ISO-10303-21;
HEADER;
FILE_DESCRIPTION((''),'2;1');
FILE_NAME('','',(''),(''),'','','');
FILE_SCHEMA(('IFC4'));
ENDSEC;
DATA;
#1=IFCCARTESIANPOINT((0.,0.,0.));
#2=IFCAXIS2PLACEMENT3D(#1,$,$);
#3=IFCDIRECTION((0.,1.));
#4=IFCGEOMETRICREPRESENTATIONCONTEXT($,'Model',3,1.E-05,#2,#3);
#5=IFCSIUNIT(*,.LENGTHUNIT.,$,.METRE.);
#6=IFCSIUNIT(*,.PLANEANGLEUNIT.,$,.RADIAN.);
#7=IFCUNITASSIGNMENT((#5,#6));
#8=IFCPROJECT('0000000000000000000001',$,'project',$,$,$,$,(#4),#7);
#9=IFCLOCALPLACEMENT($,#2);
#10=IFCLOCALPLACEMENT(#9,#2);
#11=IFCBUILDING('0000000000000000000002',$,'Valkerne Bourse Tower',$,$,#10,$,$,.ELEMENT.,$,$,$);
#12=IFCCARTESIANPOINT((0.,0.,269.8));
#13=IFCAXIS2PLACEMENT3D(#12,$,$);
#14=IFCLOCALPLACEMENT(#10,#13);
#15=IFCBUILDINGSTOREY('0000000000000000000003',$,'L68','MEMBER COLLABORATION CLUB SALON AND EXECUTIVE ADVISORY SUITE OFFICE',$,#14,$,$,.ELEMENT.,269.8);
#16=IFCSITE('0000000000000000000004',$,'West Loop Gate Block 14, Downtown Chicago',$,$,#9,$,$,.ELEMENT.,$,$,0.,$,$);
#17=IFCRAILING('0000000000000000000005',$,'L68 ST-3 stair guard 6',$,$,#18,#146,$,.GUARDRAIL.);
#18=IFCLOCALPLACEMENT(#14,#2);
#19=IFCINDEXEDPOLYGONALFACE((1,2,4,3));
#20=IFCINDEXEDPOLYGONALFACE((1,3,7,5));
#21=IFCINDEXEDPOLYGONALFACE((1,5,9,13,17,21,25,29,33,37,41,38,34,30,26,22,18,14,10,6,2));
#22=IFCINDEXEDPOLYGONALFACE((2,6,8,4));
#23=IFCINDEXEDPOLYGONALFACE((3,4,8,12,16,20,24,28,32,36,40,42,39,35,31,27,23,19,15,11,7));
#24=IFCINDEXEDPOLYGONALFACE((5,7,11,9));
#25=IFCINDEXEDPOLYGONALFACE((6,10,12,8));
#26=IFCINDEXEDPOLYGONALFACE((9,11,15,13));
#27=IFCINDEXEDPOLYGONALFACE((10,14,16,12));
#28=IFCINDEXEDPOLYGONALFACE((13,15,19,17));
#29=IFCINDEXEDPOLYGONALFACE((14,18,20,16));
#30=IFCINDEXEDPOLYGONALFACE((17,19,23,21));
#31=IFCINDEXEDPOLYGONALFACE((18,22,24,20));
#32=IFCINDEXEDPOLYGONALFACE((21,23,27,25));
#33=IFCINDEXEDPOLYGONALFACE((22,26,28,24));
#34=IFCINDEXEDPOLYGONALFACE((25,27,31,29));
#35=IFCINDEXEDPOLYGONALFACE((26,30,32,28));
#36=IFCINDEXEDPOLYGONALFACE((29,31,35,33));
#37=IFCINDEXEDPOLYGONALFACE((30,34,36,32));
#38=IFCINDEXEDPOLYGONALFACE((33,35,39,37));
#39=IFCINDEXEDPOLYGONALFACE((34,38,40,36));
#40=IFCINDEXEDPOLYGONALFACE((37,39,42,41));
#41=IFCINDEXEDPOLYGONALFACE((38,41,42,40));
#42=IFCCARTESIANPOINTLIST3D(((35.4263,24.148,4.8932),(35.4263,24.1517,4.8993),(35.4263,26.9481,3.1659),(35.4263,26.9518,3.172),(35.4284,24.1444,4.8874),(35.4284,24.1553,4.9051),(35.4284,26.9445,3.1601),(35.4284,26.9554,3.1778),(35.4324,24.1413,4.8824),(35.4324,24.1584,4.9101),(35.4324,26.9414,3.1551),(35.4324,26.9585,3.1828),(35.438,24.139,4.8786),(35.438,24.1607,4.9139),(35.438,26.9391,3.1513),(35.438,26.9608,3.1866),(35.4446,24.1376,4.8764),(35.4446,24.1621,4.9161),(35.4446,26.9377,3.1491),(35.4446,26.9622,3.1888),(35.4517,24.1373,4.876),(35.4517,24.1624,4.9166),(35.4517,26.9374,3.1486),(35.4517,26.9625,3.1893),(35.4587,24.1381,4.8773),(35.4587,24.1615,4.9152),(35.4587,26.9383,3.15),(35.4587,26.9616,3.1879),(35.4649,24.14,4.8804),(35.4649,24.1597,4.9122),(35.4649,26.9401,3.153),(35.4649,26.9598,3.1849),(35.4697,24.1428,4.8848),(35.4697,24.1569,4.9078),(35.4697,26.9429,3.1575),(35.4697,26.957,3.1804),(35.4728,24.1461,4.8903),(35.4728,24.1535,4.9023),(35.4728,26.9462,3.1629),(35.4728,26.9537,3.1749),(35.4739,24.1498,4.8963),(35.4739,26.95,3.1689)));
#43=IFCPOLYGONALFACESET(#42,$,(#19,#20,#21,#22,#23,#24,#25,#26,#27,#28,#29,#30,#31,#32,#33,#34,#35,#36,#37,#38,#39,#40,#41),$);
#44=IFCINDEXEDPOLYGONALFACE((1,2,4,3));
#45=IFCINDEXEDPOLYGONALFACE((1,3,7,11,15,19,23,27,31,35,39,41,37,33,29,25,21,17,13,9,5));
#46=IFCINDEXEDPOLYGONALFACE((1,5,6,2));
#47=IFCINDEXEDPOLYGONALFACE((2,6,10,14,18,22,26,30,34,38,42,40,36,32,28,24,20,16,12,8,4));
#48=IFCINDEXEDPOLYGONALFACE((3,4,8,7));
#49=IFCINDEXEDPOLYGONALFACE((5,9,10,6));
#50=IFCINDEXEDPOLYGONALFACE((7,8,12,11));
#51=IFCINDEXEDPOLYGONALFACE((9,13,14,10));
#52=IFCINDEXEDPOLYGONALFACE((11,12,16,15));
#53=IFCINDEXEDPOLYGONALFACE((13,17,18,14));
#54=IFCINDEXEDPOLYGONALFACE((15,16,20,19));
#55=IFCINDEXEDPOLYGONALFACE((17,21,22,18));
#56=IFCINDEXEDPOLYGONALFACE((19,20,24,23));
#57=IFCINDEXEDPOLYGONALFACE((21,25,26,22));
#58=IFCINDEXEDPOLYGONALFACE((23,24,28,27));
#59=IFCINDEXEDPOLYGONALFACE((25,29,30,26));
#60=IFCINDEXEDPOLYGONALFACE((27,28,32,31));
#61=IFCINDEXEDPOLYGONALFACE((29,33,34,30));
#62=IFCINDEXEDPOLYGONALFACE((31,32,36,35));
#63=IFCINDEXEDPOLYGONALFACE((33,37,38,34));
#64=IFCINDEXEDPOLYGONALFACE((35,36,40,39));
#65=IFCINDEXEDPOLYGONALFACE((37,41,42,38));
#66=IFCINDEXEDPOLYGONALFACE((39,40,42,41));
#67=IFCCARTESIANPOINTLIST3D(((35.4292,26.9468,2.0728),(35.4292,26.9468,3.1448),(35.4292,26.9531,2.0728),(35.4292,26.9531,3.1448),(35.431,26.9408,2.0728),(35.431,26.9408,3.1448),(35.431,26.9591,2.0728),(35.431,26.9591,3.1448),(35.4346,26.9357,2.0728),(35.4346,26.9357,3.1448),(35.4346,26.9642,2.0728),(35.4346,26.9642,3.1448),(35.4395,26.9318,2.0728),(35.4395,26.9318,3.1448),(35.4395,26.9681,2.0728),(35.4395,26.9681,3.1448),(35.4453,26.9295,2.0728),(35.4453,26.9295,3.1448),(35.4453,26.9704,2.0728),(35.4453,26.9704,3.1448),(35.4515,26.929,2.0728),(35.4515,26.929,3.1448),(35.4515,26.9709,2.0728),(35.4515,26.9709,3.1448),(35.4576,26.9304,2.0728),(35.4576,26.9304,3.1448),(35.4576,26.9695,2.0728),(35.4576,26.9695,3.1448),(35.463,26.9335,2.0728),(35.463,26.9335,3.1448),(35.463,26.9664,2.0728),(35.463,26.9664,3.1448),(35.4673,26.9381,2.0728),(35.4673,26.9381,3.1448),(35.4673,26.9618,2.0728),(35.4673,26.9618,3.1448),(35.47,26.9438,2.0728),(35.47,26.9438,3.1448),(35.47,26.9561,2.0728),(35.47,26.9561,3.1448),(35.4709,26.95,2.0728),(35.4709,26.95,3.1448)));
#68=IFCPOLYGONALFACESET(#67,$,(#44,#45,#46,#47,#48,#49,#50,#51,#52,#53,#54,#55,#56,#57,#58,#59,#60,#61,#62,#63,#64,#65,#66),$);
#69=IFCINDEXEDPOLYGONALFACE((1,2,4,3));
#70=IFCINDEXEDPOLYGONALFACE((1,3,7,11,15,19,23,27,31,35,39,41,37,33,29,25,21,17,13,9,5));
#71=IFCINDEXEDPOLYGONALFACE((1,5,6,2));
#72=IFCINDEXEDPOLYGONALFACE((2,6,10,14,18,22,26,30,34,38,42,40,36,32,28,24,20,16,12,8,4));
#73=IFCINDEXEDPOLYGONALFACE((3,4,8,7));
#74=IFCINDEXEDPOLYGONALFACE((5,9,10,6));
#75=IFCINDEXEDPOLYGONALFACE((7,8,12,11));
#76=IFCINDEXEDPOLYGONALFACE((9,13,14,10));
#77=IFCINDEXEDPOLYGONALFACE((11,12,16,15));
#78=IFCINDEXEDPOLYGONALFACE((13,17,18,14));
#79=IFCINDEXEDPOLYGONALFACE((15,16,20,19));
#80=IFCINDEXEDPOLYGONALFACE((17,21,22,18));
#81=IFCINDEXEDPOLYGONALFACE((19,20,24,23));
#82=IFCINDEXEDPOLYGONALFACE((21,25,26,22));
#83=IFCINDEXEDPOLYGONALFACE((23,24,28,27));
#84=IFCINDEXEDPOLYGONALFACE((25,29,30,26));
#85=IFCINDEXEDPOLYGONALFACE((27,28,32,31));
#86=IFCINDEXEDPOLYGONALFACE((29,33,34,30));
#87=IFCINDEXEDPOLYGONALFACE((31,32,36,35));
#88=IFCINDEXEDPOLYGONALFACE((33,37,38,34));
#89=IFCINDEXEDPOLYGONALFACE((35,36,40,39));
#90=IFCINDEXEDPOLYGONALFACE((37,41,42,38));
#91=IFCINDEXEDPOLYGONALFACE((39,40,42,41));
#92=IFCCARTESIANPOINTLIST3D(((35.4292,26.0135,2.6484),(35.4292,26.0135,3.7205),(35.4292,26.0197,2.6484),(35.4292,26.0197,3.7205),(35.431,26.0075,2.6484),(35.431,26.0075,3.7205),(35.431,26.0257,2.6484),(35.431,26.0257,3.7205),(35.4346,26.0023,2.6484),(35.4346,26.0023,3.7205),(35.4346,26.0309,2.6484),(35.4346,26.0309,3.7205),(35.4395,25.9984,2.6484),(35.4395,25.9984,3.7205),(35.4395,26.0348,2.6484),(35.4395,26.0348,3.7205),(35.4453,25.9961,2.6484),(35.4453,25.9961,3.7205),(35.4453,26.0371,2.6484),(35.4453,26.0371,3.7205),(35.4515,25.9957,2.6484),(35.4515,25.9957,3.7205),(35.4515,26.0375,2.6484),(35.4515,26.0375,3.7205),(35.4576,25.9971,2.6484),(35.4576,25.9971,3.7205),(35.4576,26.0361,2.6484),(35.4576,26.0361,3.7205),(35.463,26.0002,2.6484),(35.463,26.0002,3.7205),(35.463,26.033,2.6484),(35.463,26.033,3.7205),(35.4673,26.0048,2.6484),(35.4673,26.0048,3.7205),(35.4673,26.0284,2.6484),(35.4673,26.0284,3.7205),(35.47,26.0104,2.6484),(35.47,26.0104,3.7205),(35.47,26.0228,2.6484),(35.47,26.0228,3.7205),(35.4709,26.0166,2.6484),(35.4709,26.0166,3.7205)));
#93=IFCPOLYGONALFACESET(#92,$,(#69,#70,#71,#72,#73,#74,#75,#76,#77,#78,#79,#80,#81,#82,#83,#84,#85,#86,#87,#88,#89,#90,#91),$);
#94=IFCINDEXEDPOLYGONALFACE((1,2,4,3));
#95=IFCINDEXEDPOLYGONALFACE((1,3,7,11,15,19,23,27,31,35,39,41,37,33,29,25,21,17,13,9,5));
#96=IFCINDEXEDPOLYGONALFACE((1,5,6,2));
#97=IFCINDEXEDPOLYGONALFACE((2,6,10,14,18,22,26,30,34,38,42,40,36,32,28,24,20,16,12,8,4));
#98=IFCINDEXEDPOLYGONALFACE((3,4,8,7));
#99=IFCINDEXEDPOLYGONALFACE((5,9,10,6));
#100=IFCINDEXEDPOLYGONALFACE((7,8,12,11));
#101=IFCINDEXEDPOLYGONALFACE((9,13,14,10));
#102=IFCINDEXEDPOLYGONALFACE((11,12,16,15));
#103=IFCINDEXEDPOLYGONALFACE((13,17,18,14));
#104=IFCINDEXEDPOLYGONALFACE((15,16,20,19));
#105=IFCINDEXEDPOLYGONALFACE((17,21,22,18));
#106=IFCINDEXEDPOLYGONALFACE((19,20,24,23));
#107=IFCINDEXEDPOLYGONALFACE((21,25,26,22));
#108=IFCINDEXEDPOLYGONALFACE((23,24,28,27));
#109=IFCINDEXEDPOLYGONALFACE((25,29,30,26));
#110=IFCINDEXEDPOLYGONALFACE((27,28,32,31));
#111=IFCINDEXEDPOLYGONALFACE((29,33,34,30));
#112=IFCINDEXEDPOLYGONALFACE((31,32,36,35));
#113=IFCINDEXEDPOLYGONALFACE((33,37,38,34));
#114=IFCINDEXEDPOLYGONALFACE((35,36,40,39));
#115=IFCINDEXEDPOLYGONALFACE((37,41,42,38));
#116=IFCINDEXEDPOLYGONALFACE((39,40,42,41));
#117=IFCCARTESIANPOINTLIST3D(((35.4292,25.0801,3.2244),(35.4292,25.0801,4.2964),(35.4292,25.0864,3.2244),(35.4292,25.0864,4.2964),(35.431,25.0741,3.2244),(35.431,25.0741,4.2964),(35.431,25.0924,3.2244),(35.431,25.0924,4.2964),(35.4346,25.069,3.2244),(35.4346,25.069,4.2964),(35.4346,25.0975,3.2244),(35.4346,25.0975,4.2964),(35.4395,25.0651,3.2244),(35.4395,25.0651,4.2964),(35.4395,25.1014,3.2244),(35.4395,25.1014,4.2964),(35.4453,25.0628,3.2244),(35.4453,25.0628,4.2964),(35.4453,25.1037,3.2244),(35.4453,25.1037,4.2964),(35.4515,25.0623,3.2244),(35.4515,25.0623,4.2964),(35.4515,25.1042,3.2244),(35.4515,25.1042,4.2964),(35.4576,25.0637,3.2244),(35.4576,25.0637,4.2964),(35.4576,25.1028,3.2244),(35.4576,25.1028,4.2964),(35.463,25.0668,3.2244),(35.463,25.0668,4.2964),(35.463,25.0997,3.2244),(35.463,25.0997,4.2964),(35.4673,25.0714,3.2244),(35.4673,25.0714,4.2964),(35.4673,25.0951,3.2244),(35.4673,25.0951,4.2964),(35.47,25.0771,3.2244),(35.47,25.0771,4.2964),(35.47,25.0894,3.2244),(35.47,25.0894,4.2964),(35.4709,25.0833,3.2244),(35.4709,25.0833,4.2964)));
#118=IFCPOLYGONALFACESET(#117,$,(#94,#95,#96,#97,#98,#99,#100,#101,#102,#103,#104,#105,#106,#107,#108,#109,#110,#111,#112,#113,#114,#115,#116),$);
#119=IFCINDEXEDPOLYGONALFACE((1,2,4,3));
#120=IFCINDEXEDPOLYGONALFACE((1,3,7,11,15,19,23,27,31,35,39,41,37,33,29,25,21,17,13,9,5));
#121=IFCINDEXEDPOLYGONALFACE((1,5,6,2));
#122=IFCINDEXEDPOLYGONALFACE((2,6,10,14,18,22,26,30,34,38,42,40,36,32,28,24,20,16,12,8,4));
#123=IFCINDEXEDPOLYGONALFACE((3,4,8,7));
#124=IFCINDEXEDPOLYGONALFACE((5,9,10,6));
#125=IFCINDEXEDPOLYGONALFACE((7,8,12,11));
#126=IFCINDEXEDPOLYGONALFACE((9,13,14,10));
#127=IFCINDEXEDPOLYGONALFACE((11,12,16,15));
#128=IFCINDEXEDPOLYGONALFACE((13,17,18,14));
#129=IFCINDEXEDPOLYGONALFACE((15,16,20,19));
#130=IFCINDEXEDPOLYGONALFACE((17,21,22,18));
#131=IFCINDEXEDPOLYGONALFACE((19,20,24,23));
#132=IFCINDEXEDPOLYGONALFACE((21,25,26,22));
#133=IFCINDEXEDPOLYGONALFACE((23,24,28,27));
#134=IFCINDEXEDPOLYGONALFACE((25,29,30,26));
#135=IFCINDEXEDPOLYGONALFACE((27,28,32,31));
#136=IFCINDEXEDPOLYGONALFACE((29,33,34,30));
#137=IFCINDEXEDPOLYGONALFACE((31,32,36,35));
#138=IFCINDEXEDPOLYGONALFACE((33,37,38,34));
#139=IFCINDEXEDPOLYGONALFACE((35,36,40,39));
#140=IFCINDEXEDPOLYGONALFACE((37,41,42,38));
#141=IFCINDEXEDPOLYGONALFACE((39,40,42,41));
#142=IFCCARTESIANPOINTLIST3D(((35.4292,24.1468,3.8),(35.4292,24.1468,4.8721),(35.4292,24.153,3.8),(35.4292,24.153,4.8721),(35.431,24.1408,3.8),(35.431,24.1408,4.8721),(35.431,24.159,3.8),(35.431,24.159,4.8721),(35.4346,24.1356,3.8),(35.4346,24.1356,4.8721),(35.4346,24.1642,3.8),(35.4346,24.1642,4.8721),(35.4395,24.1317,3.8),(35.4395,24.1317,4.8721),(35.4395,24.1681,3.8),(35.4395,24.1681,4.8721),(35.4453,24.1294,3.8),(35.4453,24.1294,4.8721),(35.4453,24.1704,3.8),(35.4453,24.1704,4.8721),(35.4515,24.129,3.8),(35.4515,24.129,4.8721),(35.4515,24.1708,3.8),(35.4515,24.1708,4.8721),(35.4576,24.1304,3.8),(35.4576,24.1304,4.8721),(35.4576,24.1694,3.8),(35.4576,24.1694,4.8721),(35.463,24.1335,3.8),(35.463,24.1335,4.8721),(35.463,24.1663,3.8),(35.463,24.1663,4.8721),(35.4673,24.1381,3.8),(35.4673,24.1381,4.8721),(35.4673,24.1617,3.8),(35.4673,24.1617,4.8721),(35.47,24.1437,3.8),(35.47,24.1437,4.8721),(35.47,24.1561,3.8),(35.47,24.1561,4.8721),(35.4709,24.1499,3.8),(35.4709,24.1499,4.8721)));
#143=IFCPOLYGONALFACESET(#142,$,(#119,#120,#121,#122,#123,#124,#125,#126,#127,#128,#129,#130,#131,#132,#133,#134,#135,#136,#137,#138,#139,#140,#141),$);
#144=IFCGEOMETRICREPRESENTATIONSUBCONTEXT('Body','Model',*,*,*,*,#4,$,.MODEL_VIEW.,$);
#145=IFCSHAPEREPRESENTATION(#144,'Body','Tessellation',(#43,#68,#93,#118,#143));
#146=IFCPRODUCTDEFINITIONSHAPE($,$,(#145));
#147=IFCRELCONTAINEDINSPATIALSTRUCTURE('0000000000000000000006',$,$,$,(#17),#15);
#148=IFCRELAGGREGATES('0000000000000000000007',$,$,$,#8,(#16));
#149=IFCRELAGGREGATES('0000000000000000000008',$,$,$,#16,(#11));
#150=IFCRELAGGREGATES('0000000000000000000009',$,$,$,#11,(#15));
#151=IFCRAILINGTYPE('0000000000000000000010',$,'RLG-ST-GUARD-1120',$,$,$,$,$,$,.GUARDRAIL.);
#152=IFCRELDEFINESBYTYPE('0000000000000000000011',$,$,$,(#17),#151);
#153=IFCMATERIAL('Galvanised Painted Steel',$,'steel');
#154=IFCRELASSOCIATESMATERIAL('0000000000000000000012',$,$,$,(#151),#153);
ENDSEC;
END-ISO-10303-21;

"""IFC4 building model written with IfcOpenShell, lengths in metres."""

from ifc_helpers import new_model, si_unit, direction, frame, origin, origin_2d, place, context, subcontext, project, spatial, circle, extrude, material, type_object, element, save


model = new_model("IFC4")

# Units and contexts
model_context = context("Model", 3, precision=1e-05, world=origin(), true_north=direction((0.0, 1.0)))
body_context = subcontext(model_context, "Body", "Model", "MODEL_VIEW")
ifc_project = project(units=[si_unit("LENGTHUNIT", "METRE"), si_unit("PLANEANGLEUNIT", "RADIAN")], contexts=[model_context])

# Site, building, storey
site_placement = place(None, origin())
site = spatial("IfcSite", under=ifc_project, at=site_placement, Name="West Loop Gate Block 14, Downtown Chicago", CompositionType="ELEMENT", RefElevation=0.0)
building_placement = place(site_placement, origin())
building = spatial("IfcBuilding", under=site, at=building_placement, Name="Valkerne Bourse Tower", CompositionType="ELEMENT")
storey_placement = place(building_placement, frame((0.0, 0.0, 269.8)))
storey = spatial("IfcBuildingStorey", under=building, at=storey_placement, Name="L68", Description="MEMBER COLLABORATION CLUB SALON AND EXECUTIVE ADVISORY SUITE OFFICE", CompositionType="ELEMENT", Elevation=269.8)

# Railing
ifc_material_1 = material(Name="Galvanised Painted Steel", Category="steel")
railing_type_1 = type_object("IfcRailingType", Name="RLG-ST-GUARD-1120", PredefinedType="GUARDRAIL", material=ifc_material_1)
railing_1_placement = place(storey_placement, frame((35.45, 26.95, 2.0728)))
element("IfcRailing", 1, at=railing_1_placement, inside=storey, type_object=railing_type_1, Name="L68 ST-3 stair guard 6", PredefinedType="GUARDRAIL", context=body_context, shape_type="SweptSolid", body=[
    extrude(circle(Radius=0.0239, at=origin_2d()), frame((0.0, 0.0, 1.0962), z_axis=(0.0, -0.85109, 0.52502), x_axis=(1.0, 0.0, 0.0)), (0.0, 0.0, 1.0), 3.29),
    extrude(circle(Radius=0.021, at=origin_2d()), origin(), (0.0, 0.0, 1.0), 1.072),
    extrude(circle(Radius=0.021, at=origin_2d()), frame((0.0, -0.9333, 0.5757)), (0.0, 0.0, 1.0), 1.072),
    extrude(circle(Radius=0.021, at=origin_2d()), frame((0.0, -1.8667, 1.1516)), (0.0, 0.0, 1.0), 1.072),
    extrude(circle(Radius=0.021, at=origin_2d()), frame((0.0, -2.8, 1.7273)), (0.0, 0.0, 1.0), 1.072),
])

save(model, "model.ifc")
